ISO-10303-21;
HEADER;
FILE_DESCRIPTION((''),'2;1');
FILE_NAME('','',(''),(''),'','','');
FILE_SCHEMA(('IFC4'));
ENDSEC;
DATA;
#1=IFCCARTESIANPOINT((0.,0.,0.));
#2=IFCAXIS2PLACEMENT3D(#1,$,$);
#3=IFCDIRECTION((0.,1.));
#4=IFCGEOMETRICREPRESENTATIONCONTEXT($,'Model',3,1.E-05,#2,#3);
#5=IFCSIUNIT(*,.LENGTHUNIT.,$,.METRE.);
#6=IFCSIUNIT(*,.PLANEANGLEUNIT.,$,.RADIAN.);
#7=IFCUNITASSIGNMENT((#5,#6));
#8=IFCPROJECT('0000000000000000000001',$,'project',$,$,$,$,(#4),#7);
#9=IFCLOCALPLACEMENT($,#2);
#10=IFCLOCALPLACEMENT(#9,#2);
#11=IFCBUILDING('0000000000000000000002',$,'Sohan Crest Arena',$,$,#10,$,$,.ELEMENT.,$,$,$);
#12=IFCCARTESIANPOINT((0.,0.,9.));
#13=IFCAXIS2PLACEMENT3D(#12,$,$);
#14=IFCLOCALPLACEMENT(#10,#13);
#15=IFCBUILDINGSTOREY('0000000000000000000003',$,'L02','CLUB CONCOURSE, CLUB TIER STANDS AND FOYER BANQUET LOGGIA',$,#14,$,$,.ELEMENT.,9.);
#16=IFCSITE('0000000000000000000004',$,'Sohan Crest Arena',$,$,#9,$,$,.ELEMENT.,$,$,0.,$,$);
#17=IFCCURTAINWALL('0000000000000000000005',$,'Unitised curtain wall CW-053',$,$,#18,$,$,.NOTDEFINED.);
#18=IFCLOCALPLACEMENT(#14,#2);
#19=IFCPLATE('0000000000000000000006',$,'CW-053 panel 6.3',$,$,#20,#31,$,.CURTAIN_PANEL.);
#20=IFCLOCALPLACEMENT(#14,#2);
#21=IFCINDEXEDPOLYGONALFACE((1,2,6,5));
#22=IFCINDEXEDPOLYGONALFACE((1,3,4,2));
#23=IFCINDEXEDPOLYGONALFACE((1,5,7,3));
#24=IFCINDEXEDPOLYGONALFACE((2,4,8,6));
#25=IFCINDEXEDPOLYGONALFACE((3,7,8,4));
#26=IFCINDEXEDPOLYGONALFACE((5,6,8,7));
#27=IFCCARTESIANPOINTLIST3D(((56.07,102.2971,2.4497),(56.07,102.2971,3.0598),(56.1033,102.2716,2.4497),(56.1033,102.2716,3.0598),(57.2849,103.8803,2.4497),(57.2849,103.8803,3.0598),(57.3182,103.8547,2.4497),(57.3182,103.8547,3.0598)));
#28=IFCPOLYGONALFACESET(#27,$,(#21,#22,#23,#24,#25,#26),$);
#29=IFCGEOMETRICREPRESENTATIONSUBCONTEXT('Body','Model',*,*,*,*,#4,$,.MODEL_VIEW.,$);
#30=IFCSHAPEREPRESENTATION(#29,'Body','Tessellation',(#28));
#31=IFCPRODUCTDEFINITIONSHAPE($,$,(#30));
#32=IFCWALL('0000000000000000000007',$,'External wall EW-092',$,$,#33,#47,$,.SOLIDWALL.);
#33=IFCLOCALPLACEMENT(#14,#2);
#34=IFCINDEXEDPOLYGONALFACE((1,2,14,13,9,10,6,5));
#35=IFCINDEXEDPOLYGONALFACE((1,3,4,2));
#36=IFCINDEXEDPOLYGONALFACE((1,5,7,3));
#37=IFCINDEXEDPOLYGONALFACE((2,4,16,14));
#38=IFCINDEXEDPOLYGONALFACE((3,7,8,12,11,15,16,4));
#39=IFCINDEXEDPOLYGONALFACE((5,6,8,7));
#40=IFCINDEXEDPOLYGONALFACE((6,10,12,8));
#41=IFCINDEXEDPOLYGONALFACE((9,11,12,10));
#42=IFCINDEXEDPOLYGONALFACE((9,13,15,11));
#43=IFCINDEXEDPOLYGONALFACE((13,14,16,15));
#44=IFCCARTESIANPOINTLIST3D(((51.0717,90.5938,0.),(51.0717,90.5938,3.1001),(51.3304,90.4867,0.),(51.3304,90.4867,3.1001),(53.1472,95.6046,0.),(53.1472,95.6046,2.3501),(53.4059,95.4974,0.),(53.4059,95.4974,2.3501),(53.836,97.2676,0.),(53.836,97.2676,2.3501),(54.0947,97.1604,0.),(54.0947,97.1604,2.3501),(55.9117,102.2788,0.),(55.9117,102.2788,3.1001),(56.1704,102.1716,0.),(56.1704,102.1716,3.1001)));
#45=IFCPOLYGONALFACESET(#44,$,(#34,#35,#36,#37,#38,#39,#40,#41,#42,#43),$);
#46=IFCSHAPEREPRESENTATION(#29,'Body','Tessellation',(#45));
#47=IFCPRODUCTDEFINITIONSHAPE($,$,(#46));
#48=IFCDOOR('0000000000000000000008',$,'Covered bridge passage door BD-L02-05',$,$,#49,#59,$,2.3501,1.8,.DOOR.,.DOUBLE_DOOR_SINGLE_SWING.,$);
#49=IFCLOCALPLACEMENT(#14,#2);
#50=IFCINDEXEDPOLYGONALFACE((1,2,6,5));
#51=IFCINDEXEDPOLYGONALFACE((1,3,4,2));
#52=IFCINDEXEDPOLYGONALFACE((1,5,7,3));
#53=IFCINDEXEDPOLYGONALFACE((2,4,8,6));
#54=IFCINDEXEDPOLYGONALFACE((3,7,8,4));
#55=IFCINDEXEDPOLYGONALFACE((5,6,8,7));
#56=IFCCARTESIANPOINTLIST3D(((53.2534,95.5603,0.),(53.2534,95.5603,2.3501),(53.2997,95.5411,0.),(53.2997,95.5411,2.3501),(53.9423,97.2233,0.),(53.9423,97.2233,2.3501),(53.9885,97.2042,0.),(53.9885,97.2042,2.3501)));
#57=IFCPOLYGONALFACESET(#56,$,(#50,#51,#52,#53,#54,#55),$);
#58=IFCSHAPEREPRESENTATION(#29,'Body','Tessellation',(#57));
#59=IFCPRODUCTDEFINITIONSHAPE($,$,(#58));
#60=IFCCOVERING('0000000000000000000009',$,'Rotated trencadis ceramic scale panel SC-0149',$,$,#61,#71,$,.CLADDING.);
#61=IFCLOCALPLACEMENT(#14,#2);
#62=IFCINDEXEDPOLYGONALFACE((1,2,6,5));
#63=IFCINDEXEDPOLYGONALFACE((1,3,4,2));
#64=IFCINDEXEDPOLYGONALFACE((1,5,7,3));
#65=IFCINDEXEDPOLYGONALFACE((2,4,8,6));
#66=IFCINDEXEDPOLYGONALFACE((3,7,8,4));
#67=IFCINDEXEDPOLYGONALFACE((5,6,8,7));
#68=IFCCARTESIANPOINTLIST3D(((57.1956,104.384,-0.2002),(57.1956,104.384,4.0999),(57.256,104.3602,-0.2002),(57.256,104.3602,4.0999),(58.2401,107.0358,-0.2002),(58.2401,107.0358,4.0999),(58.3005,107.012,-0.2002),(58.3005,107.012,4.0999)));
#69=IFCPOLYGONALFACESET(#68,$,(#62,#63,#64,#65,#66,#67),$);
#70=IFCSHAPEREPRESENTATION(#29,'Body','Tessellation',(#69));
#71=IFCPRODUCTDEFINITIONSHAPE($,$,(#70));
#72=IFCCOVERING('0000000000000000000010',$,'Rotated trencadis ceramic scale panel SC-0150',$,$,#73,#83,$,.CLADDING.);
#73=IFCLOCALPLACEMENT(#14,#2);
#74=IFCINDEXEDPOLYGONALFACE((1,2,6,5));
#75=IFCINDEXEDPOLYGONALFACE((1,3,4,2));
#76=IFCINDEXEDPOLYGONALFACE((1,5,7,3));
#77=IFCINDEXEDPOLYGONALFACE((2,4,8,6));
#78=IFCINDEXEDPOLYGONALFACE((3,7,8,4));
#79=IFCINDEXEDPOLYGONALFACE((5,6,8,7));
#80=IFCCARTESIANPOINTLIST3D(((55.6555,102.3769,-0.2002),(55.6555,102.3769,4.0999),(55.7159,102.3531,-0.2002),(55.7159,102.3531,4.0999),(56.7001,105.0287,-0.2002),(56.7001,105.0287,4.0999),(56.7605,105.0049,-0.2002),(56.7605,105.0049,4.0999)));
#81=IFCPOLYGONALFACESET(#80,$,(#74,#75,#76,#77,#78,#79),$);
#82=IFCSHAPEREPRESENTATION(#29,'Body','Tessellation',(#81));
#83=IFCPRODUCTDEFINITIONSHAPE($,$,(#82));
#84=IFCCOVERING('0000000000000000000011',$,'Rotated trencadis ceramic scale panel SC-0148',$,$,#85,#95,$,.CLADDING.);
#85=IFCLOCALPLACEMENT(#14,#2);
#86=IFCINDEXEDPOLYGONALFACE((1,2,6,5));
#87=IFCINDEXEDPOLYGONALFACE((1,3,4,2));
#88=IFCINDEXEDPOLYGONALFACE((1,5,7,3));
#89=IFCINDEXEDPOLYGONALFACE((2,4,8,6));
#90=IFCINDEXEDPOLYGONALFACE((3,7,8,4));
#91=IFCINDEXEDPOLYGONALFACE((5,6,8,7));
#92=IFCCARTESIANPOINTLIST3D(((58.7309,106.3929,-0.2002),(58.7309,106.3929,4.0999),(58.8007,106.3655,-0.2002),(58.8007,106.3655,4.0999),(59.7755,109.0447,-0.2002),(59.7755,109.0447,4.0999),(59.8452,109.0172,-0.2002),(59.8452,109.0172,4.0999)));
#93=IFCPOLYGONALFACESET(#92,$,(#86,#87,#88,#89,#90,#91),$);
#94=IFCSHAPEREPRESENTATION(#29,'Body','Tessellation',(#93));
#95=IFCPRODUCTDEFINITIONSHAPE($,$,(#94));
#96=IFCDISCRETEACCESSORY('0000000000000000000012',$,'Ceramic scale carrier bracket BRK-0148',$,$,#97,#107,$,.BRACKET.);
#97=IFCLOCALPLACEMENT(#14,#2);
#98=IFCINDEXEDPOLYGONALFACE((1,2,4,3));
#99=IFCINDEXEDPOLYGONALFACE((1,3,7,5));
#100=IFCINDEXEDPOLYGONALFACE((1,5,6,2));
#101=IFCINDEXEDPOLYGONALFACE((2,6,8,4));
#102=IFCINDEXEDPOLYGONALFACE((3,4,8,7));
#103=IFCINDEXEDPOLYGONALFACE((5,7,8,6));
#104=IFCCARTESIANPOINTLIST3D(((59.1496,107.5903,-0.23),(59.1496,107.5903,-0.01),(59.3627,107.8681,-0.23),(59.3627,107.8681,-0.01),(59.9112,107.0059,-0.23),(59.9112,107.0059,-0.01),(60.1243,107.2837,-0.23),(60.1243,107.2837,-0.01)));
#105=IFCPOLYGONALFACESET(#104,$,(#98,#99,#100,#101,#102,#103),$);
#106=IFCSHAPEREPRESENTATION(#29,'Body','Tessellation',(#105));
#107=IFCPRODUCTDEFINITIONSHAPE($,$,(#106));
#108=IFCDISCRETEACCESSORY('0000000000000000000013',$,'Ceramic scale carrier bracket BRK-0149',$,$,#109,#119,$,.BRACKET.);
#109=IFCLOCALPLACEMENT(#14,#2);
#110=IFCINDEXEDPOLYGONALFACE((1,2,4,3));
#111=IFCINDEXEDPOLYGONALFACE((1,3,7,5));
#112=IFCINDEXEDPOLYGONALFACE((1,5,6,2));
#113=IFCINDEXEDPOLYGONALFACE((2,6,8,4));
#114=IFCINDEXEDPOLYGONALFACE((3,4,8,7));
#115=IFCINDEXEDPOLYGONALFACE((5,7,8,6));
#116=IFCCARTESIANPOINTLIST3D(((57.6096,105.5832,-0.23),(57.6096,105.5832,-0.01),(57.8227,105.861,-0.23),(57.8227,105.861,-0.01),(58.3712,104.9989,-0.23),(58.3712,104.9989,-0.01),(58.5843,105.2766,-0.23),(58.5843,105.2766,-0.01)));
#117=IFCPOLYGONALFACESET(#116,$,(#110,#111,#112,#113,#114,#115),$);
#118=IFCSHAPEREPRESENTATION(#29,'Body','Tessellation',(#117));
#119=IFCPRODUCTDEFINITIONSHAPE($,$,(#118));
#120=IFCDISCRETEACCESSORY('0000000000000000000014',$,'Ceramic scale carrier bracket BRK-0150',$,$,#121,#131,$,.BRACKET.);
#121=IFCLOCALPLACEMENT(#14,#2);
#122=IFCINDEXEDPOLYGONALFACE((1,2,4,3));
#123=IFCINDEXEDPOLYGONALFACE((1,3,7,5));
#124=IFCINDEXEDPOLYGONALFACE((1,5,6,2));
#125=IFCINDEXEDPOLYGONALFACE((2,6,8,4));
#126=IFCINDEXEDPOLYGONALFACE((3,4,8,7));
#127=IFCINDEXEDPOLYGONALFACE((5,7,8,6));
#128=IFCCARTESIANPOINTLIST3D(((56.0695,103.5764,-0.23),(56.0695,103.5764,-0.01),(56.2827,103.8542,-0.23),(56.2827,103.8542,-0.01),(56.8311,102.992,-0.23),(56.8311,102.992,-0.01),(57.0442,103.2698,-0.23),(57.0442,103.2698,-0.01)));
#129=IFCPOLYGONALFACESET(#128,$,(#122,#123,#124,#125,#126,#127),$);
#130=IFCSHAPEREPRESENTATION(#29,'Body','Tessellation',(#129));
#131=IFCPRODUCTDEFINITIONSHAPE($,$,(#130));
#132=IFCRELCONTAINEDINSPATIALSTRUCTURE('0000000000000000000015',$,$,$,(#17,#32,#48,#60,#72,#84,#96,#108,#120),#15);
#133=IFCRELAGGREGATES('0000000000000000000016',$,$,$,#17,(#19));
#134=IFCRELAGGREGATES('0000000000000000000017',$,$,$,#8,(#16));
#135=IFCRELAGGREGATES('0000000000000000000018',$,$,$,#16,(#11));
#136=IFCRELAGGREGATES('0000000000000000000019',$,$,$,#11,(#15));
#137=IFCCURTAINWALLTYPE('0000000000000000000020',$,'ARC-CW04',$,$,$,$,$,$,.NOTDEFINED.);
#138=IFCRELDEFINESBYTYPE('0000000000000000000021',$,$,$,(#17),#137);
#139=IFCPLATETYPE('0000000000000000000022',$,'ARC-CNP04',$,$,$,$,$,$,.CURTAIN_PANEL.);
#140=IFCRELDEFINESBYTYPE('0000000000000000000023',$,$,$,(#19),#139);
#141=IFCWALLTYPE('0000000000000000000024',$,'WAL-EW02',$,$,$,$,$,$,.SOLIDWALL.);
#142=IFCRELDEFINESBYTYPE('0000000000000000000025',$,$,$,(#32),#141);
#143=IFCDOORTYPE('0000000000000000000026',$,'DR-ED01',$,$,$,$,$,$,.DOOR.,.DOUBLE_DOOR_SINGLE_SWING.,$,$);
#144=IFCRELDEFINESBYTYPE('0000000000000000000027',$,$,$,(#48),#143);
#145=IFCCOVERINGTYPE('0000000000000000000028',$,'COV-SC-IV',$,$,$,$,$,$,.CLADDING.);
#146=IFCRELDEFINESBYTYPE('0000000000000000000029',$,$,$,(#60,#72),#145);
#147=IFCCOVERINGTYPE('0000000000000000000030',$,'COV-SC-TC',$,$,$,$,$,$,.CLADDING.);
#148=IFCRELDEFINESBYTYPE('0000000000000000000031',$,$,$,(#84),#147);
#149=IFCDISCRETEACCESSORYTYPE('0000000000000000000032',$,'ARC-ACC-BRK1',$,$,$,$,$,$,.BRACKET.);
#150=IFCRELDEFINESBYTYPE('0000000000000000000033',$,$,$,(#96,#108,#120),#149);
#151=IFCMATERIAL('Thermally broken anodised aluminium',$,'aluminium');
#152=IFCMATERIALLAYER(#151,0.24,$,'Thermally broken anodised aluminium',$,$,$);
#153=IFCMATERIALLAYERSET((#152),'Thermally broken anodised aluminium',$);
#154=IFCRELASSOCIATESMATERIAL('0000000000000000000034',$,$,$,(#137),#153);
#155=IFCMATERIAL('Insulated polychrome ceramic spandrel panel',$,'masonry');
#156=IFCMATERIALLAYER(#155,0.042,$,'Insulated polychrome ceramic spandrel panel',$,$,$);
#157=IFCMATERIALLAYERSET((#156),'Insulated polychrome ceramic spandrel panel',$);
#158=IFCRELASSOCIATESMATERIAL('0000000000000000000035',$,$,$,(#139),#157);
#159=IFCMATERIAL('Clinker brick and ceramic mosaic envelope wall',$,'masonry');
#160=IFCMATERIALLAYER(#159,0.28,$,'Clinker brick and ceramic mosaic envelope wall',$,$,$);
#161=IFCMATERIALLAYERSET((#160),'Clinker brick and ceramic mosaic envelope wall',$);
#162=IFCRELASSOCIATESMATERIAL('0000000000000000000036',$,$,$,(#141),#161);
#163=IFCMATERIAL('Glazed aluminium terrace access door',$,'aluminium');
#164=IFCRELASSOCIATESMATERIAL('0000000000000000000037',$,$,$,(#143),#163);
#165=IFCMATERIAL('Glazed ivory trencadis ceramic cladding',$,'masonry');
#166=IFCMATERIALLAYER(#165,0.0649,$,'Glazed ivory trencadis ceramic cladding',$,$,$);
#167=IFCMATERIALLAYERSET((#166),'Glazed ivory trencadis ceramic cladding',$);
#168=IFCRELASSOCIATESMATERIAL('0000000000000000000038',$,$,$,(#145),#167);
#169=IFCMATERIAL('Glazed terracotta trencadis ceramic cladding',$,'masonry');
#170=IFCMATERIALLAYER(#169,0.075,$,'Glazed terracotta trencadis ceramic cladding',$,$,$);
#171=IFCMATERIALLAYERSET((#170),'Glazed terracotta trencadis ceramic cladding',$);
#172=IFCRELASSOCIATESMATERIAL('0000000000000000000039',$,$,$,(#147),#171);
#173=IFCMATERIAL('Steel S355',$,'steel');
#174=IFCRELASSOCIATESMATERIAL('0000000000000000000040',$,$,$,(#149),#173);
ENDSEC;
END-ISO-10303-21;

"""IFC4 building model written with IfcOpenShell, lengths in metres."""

from ifc_helpers import new_model, si_unit, direction, frame, frame_2d, origin, origin_2d, place, context, subcontext, project, spatial, rectangle, extrude, material, layer, layer_set, type_object, element, fill, aggregate, save


model = new_model("IFC4")

# Units and contexts
model_context = context("Model", 3, precision=1e-05, world=origin(), true_north=direction((0.0, 1.0)))
body_context = subcontext(model_context, "Body", "Model", "MODEL_VIEW")
ifc_project = project(units=[si_unit("LENGTHUNIT", "METRE"), si_unit("PLANEANGLEUNIT", "RADIAN")], contexts=[model_context])

# Site, building, storey
site_placement = place(None, origin())
site = spatial("IfcSite", under=ifc_project, at=site_placement, Name="Sohan Crest Arena", CompositionType="ELEMENT", RefElevation=0.0)
building_placement = place(site_placement, origin())
building = spatial("IfcBuilding", under=site, at=building_placement, Name="Sohan Crest Arena", CompositionType="ELEMENT")
storey_placement = place(building_placement, frame((0.0, 0.0, 9.0)))
storey = spatial("IfcBuildingStorey", under=building, at=storey_placement, Name="L02", Description="CLUB CONCOURSE, CLUB TIER STANDS AND FOYER BANQUET LOGGIA", CompositionType="ELEMENT", Elevation=9.0)

# Shared definitions
ifc_material_1 = material(Name="Steel S355", Category="steel")

# Curtain wall
ifc_material_2 = material(Name="Thermally broken anodised aluminium", Category="aluminium")
ifc_layer_1 = layer(ifc_material_2, 0.24, Name="Thermally broken anodised aluminium")
ifc_layer_set_1 = layer_set([ifc_layer_1], Name="Thermally broken anodised aluminium")
curtain_wall_type_1 = type_object("IfcCurtainWallType", Name="ARC-CW04", PredefinedType="NOTDEFINED", material=ifc_layer_set_1)
curtain_wall_1_placement = place(storey_placement, origin())
curtain_wall_1 = element("IfcCurtainWall", 1, at=curtain_wall_1_placement, inside=storey, type_object=curtain_wall_type_1, Name="Unitised curtain wall CW-053", PredefinedType="NOTDEFINED")

# Plate
ifc_material_3 = material(Name="Insulated polychrome ceramic spandrel panel", Category="masonry")
ifc_layer_2 = layer(ifc_material_3, 0.042, Name="Insulated polychrome ceramic spandrel panel")
ifc_layer_set_2 = layer_set([ifc_layer_2], Name="Insulated polychrome ceramic spandrel panel")
plate_type_1 = type_object("IfcPlateType", Name="ARC-CNP04", PredefinedType="CURTAIN_PANEL", material=ifc_layer_set_2)
plate_1_placement = place(storey_placement, frame((56.6941, 103.0759, 2.4497), z_axis=(0.0, 0.0, 1.0), x_axis=(-0.608793, -0.793329, 0.0)))
plate_1 = element("IfcPlate", 2, at=plate_1_placement, type_object=plate_type_1, Name="CW-053 panel 6.3", PredefinedType="CURTAIN_PANEL", context=body_context, shape_type="SweptSolid", body=[
    extrude(rectangle(XDim=1.9956, YDim=0.042, at=origin_2d()), origin(), (0.0, 0.0, 1.0), 0.6101),
])
aggregate(curtain_wall_1, [plate_1])

# Wall, opening, door
ifc_material_4 = material(Name="Clinker brick and ceramic mosaic envelope wall", Category="masonry")
ifc_layer_3 = layer(ifc_material_4, 0.28, Name="Clinker brick and ceramic mosaic envelope wall")
ifc_layer_set_3 = layer_set([ifc_layer_3], Name="Clinker brick and ceramic mosaic envelope wall")
wall_type = type_object("IfcWallType", Name="WAL-EW02", PredefinedType="SOLIDWALL", material=ifc_layer_set_3)
wall_placement = place(storey_placement, frame((56.041, 102.2251, 0.0), z_axis=(0.0, 0.0, 1.0), x_axis=(-0.382682, -0.92388, 0.0)))
wall = element("IfcWall", 3, at=wall_placement, inside=storey, type_object=wall_type, Name="External wall EW-092", PredefinedType="SOLIDWALL", context=body_context, shape_type="SweptSolid", body=[
    extrude(rectangle(XDim=12.6477, YDim=0.28, at=frame_2d((6.3237, 0.0))), origin(), (0.0, 0.0, 1.0), 3.1001),
])
opening_placement = place(wall_placement, frame((5.4241, 0.0, 0.0)))
opening = element("IfcOpeningElement", 4, at=opening_placement, cuts=wall, PredefinedType="OPENING", context=body_context, shape_type="SweptSolid", body=[
    extrude(rectangle(XDim=1.8, YDim=2.3501, at=frame_2d((0.8999, 1.175))), frame((0.0, 0.1499, 0.0), z_axis=(0.0, -1.0, 0.0), x_axis=(1.0, 0.0, 0.0)), (0.0, 0.0, 1.0), 0.3),
])
ifc_material_5 = material(Name="Glazed aluminium terrace access door", Category="aluminium")
door_type = type_object("IfcDoorType", Name="DR-ED01", OperationType="DOUBLE_DOOR_SINGLE_SWING", PredefinedType="DOOR", material=ifc_material_5)
door_placement = place(opening_placement, frame((1.8, 0.0, 0.0), z_axis=(0.0, 0.0, 1.0), x_axis=(-1.0, 0.0, 0.0)))
door = element("IfcDoor", 5, at=door_placement, inside=storey, type_object=door_type, Name="Covered bridge passage door BD-L02-05", OperationType="DOUBLE_DOOR_SINGLE_SWING", OverallHeight=2.3501, OverallWidth=1.8, PredefinedType="DOOR", context=body_context, shape_type="SweptSolid", body=[
    extrude(rectangle(XDim=1.8, YDim=2.3501, at=frame_2d((0.8999, 1.175))), frame((0.0, 0.0249, 0.0), z_axis=(0.0, -1.0, 0.0), x_axis=(1.0, 0.0, 0.0)), (0.0, 0.0, 1.0), 0.05),
])
fill(opening, door)

# Coverings
ifc_material_6 = material(Name="Glazed ivory trencadis ceramic cladding", Category="masonry")
ifc_layer_4 = layer(ifc_material_6, 0.0649, Name="Glazed ivory trencadis ceramic cladding")
ifc_layer_set_4 = layer_set([ifc_layer_4], Name="Glazed ivory trencadis ceramic cladding")
covering_type_1 = type_object("IfcCoveringType", Name="COV-SC-IV", PredefinedType="CLADDING", material=ifc_layer_set_4)
for number, where, z_axis, x_axis, name in (
    (6, (57.748, 105.698, -0.2002), (0.0, 0.0, 1.0), (-0.366501, -0.930418, 0.0), "Rotated trencadis ceramic scale panel SC-0149"),
    (7, (56.208, 103.6909, -0.2002), (0.0, 0.0, 1.0), (-0.366501, -0.930418, 0.0), "Rotated trencadis ceramic scale panel SC-0150"),
):
    element("IfcCovering", number, at=place(storey_placement, frame(where, z_axis=z_axis, x_axis=x_axis)), inside=storey, type_object=covering_type_1, Name=name, PredefinedType="CLADDING", context=body_context, shape_type="SweptSolid", body=[
        extrude(rectangle(XDim=2.8501, YDim=0.0649, at=origin_2d()), origin(), (0.0, 0.0, 1.0), 4.3),
    ])
ifc_material_7 = material(Name="Glazed terracotta trencadis ceramic cladding", Category="masonry")
ifc_layer_5 = layer(ifc_material_7, 0.075, Name="Glazed terracotta trencadis ceramic cladding")
ifc_layer_set_5 = layer_set([ifc_layer_5], Name="Glazed terracotta trencadis ceramic cladding")
covering_type_2 = type_object("IfcCoveringType", Name="COV-SC-TC", PredefinedType="CLADDING", material=ifc_layer_set_5)
covering_placement = place(storey_placement, frame((59.2881, 107.7051, -0.2002), z_axis=(0.0, 0.0, 1.0), x_axis=(-0.366501, -0.930418, 0.0)))
element("IfcCovering", 8, at=covering_placement, inside=storey, type_object=covering_type_2, Name="Rotated trencadis ceramic scale panel SC-0148", PredefinedType="CLADDING", context=body_context, shape_type="SweptSolid", body=[
    extrude(rectangle(XDim=2.8501, YDim=0.075, at=origin_2d()), origin(), (0.0, 0.0, 1.0), 4.3),
])

# Discrete accessories
discrete_accessory_type = type_object("IfcDiscreteAccessoryType", Name="ARC-ACC-BRK1", PredefinedType="BRACKET", material=ifc_material_1)
for number, where, z_axis, x_axis, name in (
    (9, (59.637, 107.437, -0.23), (0.0, 0.0, 1.0), (-0.608761, -0.793353, 0.0), "Ceramic scale carrier bracket BRK-0148"),
    (10, (58.0969, 105.4299, -0.23), (0.0, 0.0, 1.0), (-0.608761, -0.793353, 0.0), "Ceramic scale carrier bracket BRK-0149"),
    (11, (56.5569, 103.4231, -0.23), (0.0, 0.0, 1.0), (-0.608761, -0.793353, 0.0), "Ceramic scale carrier bracket BRK-0150"),
):
    element("IfcDiscreteAccessory", number, at=place(storey_placement, frame(where, z_axis=z_axis, x_axis=x_axis)), inside=storey, type_object=discrete_accessory_type, Name=name, PredefinedType="BRACKET", context=body_context, shape_type="SweptSolid", body=[
        extrude(rectangle(XDim=0.3501, YDim=0.96, at=origin_2d()), origin(), (0.0, 0.0, 1.0), 0.22),
    ])

save(model, "model.ifc")
